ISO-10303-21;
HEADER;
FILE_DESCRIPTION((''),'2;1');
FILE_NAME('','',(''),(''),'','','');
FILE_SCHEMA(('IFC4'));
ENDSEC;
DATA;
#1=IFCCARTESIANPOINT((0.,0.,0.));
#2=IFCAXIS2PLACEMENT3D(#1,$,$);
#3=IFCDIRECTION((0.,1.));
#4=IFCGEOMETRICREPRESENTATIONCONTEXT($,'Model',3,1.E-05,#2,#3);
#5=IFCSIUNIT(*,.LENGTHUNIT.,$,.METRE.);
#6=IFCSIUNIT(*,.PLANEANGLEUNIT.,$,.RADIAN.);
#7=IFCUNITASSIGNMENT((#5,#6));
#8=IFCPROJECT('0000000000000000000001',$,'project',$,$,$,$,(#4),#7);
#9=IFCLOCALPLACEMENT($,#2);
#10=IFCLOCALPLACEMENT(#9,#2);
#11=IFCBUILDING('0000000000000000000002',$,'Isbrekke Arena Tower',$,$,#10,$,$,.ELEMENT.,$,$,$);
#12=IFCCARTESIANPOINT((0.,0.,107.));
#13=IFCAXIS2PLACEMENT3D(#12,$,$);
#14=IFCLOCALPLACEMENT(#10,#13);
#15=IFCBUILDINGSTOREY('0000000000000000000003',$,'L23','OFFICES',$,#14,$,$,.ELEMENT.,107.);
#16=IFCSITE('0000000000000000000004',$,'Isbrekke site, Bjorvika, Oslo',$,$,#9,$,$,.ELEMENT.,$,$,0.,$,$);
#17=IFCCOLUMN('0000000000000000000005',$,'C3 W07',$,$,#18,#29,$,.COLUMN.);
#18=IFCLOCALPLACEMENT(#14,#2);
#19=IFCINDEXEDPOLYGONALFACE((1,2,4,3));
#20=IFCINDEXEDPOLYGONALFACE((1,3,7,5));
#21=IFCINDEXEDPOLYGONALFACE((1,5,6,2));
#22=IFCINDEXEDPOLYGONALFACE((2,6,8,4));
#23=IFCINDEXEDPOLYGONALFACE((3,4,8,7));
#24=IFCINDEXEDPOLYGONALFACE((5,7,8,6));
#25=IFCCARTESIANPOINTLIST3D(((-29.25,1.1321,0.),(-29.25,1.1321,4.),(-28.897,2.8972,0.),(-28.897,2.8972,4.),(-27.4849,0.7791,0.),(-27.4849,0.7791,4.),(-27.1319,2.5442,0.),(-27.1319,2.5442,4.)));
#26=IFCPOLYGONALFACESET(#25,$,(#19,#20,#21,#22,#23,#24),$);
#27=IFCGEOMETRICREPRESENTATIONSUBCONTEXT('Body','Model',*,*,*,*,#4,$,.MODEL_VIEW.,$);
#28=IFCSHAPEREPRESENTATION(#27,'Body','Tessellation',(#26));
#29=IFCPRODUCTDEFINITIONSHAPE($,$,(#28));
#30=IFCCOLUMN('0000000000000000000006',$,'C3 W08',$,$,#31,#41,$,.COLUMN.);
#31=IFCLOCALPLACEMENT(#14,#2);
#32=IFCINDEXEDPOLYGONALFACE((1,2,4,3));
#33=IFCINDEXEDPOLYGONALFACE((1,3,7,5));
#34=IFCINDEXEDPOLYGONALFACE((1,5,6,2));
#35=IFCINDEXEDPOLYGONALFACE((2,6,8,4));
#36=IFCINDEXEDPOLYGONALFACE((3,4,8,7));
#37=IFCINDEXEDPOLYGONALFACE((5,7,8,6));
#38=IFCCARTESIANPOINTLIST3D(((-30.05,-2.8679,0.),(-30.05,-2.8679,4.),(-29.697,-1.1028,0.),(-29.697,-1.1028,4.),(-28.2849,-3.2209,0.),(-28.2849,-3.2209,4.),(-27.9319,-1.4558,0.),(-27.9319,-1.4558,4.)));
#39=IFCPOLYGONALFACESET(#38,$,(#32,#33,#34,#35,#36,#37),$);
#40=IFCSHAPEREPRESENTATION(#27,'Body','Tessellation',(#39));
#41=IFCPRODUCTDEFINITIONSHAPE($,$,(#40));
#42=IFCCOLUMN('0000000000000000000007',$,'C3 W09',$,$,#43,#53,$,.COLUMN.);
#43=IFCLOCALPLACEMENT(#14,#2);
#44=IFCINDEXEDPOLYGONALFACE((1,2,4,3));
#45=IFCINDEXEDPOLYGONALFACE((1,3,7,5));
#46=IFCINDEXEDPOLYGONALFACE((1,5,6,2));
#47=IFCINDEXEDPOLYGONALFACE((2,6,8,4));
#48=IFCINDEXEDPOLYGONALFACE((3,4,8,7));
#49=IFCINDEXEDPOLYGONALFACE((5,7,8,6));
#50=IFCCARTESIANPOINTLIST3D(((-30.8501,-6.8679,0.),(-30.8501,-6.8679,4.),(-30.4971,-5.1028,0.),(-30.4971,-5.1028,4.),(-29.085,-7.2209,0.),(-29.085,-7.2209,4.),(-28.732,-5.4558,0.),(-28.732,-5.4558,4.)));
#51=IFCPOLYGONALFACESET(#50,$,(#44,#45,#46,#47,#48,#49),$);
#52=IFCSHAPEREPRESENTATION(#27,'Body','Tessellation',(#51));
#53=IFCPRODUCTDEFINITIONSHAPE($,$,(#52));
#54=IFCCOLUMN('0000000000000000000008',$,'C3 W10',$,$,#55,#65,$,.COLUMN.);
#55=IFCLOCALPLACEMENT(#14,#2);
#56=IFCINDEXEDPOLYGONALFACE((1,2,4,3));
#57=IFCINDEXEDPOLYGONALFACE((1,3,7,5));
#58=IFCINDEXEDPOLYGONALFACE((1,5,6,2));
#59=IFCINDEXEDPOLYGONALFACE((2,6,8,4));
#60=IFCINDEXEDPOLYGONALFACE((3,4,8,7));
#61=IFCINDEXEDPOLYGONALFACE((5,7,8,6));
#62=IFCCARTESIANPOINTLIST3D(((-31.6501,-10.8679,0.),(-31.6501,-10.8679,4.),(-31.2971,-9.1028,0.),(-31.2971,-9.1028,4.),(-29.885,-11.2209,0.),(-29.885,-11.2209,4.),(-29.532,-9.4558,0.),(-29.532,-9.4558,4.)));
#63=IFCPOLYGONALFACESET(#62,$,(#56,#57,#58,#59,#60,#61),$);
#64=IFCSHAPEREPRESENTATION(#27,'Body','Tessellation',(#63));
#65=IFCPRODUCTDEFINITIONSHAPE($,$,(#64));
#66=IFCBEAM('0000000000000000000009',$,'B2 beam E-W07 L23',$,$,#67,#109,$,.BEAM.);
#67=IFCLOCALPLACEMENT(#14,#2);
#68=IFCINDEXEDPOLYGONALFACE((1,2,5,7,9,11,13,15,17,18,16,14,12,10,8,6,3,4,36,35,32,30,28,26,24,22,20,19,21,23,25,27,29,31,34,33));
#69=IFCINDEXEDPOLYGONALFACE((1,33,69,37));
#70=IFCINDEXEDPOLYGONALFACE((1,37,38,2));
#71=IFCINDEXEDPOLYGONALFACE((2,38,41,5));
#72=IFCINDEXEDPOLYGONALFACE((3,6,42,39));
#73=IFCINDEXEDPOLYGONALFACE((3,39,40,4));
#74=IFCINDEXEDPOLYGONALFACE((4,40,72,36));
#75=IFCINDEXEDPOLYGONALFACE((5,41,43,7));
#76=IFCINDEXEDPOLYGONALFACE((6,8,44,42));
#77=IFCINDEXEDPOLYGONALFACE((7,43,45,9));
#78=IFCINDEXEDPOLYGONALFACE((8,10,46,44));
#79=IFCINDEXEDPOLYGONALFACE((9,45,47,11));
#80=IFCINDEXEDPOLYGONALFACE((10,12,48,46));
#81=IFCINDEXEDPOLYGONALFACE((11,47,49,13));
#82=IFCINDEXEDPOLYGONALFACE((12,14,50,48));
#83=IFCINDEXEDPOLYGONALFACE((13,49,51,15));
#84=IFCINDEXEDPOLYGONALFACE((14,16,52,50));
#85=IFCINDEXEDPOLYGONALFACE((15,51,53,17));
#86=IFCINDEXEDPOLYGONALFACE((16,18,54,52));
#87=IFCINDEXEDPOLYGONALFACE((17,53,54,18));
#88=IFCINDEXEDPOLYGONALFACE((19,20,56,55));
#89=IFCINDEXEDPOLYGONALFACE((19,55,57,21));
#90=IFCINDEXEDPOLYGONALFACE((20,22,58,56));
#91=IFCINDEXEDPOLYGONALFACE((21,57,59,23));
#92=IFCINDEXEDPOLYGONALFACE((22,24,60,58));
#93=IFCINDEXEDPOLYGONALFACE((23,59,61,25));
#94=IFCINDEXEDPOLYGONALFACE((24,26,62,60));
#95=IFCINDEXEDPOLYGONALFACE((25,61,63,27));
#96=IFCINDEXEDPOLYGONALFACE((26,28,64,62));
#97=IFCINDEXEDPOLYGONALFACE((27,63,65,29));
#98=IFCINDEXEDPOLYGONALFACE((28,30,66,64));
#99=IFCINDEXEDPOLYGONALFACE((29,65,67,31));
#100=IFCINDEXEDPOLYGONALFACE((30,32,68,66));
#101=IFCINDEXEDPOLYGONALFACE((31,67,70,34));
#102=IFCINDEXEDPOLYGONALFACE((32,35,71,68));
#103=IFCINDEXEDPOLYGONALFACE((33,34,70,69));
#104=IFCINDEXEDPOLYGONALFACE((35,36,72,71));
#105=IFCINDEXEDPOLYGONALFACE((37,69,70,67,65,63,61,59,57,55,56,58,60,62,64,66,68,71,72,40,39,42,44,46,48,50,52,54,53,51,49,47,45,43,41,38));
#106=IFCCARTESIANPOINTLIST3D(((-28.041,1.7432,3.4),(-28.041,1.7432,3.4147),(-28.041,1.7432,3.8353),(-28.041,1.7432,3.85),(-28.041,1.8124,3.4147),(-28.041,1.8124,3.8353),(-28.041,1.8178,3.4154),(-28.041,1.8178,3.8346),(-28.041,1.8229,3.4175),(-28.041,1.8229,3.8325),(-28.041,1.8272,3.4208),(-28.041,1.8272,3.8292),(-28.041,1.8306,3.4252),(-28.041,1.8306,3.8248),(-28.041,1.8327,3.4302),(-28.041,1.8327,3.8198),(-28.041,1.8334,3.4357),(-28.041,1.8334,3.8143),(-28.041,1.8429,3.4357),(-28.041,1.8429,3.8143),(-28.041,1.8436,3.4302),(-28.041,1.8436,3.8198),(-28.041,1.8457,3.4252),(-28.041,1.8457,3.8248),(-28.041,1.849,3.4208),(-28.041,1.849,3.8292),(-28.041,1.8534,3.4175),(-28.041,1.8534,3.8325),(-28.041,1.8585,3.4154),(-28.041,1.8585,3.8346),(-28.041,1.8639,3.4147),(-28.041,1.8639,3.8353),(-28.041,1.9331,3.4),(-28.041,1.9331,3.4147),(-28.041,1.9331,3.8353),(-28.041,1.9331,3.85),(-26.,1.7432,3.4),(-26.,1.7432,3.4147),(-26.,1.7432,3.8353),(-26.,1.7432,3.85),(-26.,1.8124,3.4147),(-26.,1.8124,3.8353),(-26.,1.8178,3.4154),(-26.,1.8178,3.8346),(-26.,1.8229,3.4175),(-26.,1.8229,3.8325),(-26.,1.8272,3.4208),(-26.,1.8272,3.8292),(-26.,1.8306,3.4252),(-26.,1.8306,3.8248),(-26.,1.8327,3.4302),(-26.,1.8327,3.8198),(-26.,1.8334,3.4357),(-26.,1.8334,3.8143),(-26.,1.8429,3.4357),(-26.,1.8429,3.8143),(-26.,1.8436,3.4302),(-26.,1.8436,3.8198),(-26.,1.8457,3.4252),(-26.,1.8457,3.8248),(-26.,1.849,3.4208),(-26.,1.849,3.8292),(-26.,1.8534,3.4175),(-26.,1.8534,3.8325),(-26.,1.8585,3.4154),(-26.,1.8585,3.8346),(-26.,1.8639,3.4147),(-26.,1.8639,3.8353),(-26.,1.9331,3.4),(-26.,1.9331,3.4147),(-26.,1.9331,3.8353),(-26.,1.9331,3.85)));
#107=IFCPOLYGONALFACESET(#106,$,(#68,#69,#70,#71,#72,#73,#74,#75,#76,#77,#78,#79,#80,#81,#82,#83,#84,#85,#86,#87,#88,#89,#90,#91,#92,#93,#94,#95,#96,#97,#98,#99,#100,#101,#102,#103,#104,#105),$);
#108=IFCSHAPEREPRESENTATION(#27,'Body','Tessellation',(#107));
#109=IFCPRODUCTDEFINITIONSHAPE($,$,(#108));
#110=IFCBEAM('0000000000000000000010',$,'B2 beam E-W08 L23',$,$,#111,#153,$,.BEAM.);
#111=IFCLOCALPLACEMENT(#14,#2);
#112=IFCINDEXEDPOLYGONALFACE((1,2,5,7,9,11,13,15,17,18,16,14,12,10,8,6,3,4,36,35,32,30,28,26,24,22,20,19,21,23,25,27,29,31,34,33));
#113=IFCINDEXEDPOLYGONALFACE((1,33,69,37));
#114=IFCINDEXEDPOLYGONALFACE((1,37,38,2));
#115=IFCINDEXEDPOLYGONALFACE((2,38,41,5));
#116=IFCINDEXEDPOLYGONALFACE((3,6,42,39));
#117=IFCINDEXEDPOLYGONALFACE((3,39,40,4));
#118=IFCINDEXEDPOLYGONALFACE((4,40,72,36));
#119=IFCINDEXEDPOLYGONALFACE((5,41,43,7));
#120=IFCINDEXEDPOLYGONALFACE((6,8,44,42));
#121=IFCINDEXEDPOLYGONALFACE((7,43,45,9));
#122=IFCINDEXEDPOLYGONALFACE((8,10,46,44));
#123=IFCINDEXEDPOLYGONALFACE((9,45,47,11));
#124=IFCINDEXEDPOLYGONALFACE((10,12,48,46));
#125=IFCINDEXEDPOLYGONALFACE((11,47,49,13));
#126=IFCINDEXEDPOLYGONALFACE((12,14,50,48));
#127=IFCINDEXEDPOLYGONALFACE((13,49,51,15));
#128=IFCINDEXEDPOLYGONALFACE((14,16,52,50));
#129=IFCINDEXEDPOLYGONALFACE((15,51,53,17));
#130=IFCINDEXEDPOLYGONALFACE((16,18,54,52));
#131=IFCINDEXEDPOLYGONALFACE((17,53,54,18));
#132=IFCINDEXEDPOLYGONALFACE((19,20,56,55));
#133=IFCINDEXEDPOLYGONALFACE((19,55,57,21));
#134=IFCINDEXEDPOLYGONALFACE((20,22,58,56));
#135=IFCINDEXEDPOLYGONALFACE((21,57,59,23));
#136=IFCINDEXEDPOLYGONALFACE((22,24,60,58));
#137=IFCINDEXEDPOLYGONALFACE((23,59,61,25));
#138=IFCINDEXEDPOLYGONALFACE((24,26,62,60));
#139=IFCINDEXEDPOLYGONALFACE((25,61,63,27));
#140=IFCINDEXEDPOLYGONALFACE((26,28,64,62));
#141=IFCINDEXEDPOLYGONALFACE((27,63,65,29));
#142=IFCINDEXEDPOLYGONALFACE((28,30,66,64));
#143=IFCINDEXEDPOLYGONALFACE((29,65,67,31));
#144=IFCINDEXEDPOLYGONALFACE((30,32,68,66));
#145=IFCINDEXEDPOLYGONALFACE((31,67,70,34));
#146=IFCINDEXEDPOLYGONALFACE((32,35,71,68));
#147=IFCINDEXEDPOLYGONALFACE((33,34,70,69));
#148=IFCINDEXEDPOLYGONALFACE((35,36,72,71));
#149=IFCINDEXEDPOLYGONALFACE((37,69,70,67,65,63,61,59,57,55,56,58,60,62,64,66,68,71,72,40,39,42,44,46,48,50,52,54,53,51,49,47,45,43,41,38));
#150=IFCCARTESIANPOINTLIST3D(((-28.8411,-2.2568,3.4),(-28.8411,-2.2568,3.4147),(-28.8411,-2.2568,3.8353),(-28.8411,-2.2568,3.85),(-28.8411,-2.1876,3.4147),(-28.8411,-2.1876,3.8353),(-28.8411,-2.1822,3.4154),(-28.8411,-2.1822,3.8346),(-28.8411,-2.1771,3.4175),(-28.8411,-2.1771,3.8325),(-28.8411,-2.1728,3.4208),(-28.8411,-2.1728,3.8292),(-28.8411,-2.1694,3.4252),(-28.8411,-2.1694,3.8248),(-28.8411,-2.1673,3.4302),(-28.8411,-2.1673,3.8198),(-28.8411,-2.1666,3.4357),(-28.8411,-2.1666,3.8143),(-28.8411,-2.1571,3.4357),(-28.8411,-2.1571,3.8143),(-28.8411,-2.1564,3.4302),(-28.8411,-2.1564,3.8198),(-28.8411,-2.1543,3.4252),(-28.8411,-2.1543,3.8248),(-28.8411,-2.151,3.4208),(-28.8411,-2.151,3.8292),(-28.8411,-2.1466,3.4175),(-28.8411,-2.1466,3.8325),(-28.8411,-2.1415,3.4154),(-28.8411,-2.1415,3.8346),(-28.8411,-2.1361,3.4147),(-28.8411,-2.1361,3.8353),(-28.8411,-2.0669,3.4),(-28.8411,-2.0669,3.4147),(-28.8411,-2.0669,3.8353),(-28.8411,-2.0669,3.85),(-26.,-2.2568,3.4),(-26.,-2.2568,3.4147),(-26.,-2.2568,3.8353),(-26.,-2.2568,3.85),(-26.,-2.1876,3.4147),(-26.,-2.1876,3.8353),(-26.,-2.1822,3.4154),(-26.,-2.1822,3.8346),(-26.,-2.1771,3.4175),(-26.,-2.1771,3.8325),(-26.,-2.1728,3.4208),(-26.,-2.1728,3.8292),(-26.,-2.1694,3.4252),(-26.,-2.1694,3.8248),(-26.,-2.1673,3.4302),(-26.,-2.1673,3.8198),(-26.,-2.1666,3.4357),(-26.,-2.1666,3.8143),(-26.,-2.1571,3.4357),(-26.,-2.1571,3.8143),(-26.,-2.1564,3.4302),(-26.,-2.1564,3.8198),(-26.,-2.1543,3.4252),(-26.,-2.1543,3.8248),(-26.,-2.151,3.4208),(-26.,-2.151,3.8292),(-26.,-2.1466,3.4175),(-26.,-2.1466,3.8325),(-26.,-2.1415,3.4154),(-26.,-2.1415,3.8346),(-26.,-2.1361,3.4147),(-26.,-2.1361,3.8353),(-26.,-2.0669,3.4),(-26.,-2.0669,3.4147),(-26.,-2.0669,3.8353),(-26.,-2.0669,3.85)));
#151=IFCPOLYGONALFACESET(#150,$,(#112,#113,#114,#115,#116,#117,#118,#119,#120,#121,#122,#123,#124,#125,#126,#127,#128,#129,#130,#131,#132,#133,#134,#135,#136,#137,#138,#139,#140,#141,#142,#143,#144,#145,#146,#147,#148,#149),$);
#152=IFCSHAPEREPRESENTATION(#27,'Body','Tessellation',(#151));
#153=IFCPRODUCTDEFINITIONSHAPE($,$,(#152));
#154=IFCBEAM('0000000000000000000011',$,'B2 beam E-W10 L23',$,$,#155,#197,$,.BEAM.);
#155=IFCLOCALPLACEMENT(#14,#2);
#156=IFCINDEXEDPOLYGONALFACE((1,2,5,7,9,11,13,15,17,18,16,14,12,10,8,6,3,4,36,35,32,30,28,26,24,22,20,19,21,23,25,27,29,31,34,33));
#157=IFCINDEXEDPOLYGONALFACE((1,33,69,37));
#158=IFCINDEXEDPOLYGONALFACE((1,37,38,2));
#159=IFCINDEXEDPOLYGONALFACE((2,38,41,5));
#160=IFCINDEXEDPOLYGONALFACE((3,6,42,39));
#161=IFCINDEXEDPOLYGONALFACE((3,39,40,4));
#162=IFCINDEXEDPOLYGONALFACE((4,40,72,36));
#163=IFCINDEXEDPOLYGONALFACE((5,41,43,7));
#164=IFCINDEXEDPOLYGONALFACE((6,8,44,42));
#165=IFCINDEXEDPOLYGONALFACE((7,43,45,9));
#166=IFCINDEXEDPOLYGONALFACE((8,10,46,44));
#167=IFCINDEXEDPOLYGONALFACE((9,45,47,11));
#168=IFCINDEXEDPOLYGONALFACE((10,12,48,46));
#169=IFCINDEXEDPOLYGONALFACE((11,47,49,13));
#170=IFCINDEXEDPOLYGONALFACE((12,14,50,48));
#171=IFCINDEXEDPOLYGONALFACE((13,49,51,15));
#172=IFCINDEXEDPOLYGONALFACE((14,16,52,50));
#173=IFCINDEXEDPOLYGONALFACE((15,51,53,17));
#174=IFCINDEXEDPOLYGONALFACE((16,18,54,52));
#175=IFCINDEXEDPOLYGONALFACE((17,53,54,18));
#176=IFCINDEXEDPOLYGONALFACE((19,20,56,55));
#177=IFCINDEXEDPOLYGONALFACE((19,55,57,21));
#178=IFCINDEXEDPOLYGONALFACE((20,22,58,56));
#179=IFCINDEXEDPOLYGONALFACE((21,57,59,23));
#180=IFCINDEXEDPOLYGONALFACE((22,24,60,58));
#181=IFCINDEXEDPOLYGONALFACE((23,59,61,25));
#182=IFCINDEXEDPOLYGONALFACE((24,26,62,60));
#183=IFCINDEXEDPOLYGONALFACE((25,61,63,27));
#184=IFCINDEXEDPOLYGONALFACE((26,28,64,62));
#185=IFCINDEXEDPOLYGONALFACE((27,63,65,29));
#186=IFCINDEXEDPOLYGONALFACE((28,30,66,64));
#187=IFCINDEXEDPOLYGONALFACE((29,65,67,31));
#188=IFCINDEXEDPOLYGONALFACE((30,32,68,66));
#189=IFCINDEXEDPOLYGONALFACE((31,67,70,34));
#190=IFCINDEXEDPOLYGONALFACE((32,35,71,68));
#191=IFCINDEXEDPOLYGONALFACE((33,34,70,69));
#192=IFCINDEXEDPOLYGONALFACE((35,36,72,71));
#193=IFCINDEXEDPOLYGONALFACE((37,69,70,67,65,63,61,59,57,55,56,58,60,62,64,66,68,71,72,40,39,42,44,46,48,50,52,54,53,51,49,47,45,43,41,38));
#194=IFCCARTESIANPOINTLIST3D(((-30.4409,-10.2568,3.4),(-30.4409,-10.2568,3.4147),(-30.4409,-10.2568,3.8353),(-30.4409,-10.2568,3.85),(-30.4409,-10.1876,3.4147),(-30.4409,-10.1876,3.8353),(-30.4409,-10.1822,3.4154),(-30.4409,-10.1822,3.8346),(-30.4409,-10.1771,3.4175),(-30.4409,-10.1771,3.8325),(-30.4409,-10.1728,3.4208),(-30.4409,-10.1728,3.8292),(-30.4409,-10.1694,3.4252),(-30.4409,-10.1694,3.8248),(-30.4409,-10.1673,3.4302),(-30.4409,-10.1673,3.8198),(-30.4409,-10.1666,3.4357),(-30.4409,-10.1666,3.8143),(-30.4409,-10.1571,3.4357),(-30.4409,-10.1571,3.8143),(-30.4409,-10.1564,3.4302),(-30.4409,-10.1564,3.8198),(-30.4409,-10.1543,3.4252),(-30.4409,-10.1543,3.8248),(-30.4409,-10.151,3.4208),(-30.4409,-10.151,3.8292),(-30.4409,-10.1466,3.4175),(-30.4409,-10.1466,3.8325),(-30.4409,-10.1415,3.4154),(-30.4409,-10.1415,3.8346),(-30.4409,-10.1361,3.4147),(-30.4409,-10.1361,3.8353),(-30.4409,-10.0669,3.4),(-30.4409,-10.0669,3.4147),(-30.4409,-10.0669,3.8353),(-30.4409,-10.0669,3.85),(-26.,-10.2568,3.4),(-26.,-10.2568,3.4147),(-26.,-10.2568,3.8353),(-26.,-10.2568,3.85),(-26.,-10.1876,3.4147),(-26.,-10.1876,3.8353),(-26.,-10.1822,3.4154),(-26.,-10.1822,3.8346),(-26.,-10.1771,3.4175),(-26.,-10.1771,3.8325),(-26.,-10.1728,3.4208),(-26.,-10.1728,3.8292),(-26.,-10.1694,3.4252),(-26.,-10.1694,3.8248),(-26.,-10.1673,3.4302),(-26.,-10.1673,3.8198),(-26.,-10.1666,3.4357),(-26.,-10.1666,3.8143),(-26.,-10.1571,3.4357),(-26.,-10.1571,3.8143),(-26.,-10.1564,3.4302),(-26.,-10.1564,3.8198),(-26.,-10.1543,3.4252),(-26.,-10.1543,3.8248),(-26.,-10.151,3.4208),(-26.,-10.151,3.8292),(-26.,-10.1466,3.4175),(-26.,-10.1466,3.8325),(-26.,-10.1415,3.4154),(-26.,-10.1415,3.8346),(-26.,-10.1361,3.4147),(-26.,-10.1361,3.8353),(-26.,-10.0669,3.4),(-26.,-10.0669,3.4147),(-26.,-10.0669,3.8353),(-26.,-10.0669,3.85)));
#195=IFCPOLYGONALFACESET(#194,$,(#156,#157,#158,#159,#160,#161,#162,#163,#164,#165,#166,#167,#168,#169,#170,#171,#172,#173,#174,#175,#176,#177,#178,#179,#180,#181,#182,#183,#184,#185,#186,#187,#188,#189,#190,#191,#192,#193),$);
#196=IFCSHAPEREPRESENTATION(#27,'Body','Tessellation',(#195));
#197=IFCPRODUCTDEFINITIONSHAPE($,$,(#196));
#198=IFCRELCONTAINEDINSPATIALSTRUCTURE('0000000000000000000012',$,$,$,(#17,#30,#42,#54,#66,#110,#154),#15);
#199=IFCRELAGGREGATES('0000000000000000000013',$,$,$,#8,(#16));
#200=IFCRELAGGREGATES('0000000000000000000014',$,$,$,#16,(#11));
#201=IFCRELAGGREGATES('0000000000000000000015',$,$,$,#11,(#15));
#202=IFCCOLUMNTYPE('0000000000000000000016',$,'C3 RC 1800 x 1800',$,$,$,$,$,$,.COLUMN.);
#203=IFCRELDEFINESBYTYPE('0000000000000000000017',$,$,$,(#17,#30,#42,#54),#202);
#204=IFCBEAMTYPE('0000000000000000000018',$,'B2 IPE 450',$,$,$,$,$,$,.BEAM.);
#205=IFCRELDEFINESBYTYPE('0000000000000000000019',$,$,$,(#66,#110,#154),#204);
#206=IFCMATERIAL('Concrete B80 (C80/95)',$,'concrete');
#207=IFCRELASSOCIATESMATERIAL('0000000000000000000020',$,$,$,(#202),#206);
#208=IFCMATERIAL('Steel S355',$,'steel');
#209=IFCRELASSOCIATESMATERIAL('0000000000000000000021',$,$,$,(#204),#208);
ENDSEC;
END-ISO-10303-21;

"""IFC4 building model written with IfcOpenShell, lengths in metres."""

from ifc_helpers import new_model, si_unit, direction, frame, origin, origin_2d, place, context, subcontext, project, spatial, rectangle, i_section, extrude, material, material_profile, profile_set, type_object, element, save


model = new_model("IFC4")

# Units and contexts
model_context = context("Model", 3, precision=1e-05, world=origin(), true_north=direction((0.0, 1.0)))
body_context = subcontext(model_context, "Body", "Model", "MODEL_VIEW")
ifc_project = project(units=[si_unit("LENGTHUNIT", "METRE"), si_unit("PLANEANGLEUNIT", "RADIAN")], contexts=[model_context])

# Site, building, storey
site_placement = place(None, origin())
site = spatial("IfcSite", under=ifc_project, at=site_placement, Name="Isbrekke site, Bjorvika, Oslo", CompositionType="ELEMENT", RefElevation=0.0)
building_placement = place(site_placement, origin())
building = spatial("IfcBuilding", under=site, at=building_placement, Name="Isbrekke Arena Tower", CompositionType="ELEMENT")
storey_placement = place(building_placement, frame((0.0, 0.0, 107.0)))
storey = spatial("IfcBuildingStorey", under=building, at=storey_placement, Name="L23", Description="OFFICES", CompositionType="ELEMENT", Elevation=107.0)

# Columns
ifc_material_1 = material(Name="Concrete B80 (C80/95)", Category="concrete")
ifc_material_profile_1 = material_profile(ifc_material_1, rectangle(XDim=1.8, YDim=1.8, at=origin_2d()), Name="RC 1800x1800")
ifc_profile_set_1 = profile_set([ifc_material_profile_1], Name="Concrete B80 (C80/95)")
column_type = type_object("IfcColumnType", Name="C3 RC 1800 x 1800", PredefinedType="COLUMN", material=ifc_profile_set_1)
for number, where, z_axis, x_axis, name in (
    (1, (-28.1909, 1.8381, 0.0), (0.0, 0.0, 1.0), (-0.196116, -0.980581, 0.0), "C3 W07"),
    (2, (-28.991, -2.1619, 0.0), (0.0, 0.0, 1.0), (-0.196116, -0.980581, 0.0), "C3 W08"),
    (3, (-29.791, -6.1619, 0.0), (0.0, 0.0, 1.0), (-0.196116, -0.980581, 0.0), "C3 W09"),
    (4, (-30.5911, -10.1619, 0.0), (0.0, 0.0, 1.0), (-0.196116, -0.980581, 0.0), "C3 W10"),
):
    element("IfcColumn", number, at=place(storey_placement, frame(where, z_axis=z_axis, x_axis=x_axis)), inside=storey, type_object=column_type, Name=name, PredefinedType="COLUMN", context=body_context, shape_type="SweptSolid", body=[
        extrude(rectangle(XDim=1.8, YDim=1.8, at=origin_2d()), origin(), (0.0, 0.0, 1.0), 4.0),
    ])

# Beams
ifc_material_2 = material(Name="Steel S355", Category="steel")
ifc_material_profile_2 = material_profile(ifc_material_2, i_section(OverallWidth=0.1899, OverallDepth=0.45, WebThickness=0.0095, FlangeThickness=0.0146, FilletRadius=0.021, at=origin_2d()), Name="IPE 450")
ifc_profile_set_2 = profile_set([ifc_material_profile_2], Name="Steel S355")
beam_type_1 = type_object("IfcBeamType", Name="B2 IPE 450", PredefinedType="BEAM", material=ifc_profile_set_2)
beam_1_placement = place(storey_placement, frame((-28.041, 1.8381, 3.625), z_axis=(1.0, 0.0, 0.0), x_axis=(0.0, 1.0, 0.0)))
element("IfcBeam", 5, at=beam_1_placement, inside=storey, type_object=beam_type_1, Name="B2 beam E-W07 L23", PredefinedType="BEAM", context=body_context, shape_type="SweptSolid", body=[
    extrude(i_section(OverallWidth=0.1899, OverallDepth=0.45, WebThickness=0.0095, FlangeThickness=0.0146, FilletRadius=0.021, at=origin_2d()), origin(), (0.0, 0.0, 1.0), 2.041),
])
beam_2_placement = place(storey_placement, frame((-28.8411, -2.1619, 3.625), z_axis=(1.0, 0.0, 0.0), x_axis=(0.0, 1.0, 0.0)))
element("IfcBeam", 6, at=beam_2_placement, inside=storey, type_object=beam_type_1, Name="B2 beam E-W08 L23", PredefinedType="BEAM", context=body_context, shape_type="SweptSolid", body=[
    extrude(i_section(OverallWidth=0.1899, OverallDepth=0.45, WebThickness=0.0095, FlangeThickness=0.0146, FilletRadius=0.021, at=origin_2d()), origin(), (0.0, 0.0, 1.0), 2.8411),
])
beam_3_placement = place(storey_placement, frame((-30.4409, -10.1619, 3.625), z_axis=(1.0, 0.0, 0.0), x_axis=(0.0, 1.0, 0.0)))
element("IfcBeam", 7, at=beam_3_placement, inside=storey, type_object=beam_type_1, Name="B2 beam E-W10 L23", PredefinedType="BEAM", context=body_context, shape_type="SweptSolid", body=[
    extrude(i_section(OverallWidth=0.1899, OverallDepth=0.45, WebThickness=0.0095, FlangeThickness=0.0146, FilletRadius=0.021, at=origin_2d()), origin(), (0.0, 0.0, 1.0), 4.4409),
])

save(model, "model.ifc")
